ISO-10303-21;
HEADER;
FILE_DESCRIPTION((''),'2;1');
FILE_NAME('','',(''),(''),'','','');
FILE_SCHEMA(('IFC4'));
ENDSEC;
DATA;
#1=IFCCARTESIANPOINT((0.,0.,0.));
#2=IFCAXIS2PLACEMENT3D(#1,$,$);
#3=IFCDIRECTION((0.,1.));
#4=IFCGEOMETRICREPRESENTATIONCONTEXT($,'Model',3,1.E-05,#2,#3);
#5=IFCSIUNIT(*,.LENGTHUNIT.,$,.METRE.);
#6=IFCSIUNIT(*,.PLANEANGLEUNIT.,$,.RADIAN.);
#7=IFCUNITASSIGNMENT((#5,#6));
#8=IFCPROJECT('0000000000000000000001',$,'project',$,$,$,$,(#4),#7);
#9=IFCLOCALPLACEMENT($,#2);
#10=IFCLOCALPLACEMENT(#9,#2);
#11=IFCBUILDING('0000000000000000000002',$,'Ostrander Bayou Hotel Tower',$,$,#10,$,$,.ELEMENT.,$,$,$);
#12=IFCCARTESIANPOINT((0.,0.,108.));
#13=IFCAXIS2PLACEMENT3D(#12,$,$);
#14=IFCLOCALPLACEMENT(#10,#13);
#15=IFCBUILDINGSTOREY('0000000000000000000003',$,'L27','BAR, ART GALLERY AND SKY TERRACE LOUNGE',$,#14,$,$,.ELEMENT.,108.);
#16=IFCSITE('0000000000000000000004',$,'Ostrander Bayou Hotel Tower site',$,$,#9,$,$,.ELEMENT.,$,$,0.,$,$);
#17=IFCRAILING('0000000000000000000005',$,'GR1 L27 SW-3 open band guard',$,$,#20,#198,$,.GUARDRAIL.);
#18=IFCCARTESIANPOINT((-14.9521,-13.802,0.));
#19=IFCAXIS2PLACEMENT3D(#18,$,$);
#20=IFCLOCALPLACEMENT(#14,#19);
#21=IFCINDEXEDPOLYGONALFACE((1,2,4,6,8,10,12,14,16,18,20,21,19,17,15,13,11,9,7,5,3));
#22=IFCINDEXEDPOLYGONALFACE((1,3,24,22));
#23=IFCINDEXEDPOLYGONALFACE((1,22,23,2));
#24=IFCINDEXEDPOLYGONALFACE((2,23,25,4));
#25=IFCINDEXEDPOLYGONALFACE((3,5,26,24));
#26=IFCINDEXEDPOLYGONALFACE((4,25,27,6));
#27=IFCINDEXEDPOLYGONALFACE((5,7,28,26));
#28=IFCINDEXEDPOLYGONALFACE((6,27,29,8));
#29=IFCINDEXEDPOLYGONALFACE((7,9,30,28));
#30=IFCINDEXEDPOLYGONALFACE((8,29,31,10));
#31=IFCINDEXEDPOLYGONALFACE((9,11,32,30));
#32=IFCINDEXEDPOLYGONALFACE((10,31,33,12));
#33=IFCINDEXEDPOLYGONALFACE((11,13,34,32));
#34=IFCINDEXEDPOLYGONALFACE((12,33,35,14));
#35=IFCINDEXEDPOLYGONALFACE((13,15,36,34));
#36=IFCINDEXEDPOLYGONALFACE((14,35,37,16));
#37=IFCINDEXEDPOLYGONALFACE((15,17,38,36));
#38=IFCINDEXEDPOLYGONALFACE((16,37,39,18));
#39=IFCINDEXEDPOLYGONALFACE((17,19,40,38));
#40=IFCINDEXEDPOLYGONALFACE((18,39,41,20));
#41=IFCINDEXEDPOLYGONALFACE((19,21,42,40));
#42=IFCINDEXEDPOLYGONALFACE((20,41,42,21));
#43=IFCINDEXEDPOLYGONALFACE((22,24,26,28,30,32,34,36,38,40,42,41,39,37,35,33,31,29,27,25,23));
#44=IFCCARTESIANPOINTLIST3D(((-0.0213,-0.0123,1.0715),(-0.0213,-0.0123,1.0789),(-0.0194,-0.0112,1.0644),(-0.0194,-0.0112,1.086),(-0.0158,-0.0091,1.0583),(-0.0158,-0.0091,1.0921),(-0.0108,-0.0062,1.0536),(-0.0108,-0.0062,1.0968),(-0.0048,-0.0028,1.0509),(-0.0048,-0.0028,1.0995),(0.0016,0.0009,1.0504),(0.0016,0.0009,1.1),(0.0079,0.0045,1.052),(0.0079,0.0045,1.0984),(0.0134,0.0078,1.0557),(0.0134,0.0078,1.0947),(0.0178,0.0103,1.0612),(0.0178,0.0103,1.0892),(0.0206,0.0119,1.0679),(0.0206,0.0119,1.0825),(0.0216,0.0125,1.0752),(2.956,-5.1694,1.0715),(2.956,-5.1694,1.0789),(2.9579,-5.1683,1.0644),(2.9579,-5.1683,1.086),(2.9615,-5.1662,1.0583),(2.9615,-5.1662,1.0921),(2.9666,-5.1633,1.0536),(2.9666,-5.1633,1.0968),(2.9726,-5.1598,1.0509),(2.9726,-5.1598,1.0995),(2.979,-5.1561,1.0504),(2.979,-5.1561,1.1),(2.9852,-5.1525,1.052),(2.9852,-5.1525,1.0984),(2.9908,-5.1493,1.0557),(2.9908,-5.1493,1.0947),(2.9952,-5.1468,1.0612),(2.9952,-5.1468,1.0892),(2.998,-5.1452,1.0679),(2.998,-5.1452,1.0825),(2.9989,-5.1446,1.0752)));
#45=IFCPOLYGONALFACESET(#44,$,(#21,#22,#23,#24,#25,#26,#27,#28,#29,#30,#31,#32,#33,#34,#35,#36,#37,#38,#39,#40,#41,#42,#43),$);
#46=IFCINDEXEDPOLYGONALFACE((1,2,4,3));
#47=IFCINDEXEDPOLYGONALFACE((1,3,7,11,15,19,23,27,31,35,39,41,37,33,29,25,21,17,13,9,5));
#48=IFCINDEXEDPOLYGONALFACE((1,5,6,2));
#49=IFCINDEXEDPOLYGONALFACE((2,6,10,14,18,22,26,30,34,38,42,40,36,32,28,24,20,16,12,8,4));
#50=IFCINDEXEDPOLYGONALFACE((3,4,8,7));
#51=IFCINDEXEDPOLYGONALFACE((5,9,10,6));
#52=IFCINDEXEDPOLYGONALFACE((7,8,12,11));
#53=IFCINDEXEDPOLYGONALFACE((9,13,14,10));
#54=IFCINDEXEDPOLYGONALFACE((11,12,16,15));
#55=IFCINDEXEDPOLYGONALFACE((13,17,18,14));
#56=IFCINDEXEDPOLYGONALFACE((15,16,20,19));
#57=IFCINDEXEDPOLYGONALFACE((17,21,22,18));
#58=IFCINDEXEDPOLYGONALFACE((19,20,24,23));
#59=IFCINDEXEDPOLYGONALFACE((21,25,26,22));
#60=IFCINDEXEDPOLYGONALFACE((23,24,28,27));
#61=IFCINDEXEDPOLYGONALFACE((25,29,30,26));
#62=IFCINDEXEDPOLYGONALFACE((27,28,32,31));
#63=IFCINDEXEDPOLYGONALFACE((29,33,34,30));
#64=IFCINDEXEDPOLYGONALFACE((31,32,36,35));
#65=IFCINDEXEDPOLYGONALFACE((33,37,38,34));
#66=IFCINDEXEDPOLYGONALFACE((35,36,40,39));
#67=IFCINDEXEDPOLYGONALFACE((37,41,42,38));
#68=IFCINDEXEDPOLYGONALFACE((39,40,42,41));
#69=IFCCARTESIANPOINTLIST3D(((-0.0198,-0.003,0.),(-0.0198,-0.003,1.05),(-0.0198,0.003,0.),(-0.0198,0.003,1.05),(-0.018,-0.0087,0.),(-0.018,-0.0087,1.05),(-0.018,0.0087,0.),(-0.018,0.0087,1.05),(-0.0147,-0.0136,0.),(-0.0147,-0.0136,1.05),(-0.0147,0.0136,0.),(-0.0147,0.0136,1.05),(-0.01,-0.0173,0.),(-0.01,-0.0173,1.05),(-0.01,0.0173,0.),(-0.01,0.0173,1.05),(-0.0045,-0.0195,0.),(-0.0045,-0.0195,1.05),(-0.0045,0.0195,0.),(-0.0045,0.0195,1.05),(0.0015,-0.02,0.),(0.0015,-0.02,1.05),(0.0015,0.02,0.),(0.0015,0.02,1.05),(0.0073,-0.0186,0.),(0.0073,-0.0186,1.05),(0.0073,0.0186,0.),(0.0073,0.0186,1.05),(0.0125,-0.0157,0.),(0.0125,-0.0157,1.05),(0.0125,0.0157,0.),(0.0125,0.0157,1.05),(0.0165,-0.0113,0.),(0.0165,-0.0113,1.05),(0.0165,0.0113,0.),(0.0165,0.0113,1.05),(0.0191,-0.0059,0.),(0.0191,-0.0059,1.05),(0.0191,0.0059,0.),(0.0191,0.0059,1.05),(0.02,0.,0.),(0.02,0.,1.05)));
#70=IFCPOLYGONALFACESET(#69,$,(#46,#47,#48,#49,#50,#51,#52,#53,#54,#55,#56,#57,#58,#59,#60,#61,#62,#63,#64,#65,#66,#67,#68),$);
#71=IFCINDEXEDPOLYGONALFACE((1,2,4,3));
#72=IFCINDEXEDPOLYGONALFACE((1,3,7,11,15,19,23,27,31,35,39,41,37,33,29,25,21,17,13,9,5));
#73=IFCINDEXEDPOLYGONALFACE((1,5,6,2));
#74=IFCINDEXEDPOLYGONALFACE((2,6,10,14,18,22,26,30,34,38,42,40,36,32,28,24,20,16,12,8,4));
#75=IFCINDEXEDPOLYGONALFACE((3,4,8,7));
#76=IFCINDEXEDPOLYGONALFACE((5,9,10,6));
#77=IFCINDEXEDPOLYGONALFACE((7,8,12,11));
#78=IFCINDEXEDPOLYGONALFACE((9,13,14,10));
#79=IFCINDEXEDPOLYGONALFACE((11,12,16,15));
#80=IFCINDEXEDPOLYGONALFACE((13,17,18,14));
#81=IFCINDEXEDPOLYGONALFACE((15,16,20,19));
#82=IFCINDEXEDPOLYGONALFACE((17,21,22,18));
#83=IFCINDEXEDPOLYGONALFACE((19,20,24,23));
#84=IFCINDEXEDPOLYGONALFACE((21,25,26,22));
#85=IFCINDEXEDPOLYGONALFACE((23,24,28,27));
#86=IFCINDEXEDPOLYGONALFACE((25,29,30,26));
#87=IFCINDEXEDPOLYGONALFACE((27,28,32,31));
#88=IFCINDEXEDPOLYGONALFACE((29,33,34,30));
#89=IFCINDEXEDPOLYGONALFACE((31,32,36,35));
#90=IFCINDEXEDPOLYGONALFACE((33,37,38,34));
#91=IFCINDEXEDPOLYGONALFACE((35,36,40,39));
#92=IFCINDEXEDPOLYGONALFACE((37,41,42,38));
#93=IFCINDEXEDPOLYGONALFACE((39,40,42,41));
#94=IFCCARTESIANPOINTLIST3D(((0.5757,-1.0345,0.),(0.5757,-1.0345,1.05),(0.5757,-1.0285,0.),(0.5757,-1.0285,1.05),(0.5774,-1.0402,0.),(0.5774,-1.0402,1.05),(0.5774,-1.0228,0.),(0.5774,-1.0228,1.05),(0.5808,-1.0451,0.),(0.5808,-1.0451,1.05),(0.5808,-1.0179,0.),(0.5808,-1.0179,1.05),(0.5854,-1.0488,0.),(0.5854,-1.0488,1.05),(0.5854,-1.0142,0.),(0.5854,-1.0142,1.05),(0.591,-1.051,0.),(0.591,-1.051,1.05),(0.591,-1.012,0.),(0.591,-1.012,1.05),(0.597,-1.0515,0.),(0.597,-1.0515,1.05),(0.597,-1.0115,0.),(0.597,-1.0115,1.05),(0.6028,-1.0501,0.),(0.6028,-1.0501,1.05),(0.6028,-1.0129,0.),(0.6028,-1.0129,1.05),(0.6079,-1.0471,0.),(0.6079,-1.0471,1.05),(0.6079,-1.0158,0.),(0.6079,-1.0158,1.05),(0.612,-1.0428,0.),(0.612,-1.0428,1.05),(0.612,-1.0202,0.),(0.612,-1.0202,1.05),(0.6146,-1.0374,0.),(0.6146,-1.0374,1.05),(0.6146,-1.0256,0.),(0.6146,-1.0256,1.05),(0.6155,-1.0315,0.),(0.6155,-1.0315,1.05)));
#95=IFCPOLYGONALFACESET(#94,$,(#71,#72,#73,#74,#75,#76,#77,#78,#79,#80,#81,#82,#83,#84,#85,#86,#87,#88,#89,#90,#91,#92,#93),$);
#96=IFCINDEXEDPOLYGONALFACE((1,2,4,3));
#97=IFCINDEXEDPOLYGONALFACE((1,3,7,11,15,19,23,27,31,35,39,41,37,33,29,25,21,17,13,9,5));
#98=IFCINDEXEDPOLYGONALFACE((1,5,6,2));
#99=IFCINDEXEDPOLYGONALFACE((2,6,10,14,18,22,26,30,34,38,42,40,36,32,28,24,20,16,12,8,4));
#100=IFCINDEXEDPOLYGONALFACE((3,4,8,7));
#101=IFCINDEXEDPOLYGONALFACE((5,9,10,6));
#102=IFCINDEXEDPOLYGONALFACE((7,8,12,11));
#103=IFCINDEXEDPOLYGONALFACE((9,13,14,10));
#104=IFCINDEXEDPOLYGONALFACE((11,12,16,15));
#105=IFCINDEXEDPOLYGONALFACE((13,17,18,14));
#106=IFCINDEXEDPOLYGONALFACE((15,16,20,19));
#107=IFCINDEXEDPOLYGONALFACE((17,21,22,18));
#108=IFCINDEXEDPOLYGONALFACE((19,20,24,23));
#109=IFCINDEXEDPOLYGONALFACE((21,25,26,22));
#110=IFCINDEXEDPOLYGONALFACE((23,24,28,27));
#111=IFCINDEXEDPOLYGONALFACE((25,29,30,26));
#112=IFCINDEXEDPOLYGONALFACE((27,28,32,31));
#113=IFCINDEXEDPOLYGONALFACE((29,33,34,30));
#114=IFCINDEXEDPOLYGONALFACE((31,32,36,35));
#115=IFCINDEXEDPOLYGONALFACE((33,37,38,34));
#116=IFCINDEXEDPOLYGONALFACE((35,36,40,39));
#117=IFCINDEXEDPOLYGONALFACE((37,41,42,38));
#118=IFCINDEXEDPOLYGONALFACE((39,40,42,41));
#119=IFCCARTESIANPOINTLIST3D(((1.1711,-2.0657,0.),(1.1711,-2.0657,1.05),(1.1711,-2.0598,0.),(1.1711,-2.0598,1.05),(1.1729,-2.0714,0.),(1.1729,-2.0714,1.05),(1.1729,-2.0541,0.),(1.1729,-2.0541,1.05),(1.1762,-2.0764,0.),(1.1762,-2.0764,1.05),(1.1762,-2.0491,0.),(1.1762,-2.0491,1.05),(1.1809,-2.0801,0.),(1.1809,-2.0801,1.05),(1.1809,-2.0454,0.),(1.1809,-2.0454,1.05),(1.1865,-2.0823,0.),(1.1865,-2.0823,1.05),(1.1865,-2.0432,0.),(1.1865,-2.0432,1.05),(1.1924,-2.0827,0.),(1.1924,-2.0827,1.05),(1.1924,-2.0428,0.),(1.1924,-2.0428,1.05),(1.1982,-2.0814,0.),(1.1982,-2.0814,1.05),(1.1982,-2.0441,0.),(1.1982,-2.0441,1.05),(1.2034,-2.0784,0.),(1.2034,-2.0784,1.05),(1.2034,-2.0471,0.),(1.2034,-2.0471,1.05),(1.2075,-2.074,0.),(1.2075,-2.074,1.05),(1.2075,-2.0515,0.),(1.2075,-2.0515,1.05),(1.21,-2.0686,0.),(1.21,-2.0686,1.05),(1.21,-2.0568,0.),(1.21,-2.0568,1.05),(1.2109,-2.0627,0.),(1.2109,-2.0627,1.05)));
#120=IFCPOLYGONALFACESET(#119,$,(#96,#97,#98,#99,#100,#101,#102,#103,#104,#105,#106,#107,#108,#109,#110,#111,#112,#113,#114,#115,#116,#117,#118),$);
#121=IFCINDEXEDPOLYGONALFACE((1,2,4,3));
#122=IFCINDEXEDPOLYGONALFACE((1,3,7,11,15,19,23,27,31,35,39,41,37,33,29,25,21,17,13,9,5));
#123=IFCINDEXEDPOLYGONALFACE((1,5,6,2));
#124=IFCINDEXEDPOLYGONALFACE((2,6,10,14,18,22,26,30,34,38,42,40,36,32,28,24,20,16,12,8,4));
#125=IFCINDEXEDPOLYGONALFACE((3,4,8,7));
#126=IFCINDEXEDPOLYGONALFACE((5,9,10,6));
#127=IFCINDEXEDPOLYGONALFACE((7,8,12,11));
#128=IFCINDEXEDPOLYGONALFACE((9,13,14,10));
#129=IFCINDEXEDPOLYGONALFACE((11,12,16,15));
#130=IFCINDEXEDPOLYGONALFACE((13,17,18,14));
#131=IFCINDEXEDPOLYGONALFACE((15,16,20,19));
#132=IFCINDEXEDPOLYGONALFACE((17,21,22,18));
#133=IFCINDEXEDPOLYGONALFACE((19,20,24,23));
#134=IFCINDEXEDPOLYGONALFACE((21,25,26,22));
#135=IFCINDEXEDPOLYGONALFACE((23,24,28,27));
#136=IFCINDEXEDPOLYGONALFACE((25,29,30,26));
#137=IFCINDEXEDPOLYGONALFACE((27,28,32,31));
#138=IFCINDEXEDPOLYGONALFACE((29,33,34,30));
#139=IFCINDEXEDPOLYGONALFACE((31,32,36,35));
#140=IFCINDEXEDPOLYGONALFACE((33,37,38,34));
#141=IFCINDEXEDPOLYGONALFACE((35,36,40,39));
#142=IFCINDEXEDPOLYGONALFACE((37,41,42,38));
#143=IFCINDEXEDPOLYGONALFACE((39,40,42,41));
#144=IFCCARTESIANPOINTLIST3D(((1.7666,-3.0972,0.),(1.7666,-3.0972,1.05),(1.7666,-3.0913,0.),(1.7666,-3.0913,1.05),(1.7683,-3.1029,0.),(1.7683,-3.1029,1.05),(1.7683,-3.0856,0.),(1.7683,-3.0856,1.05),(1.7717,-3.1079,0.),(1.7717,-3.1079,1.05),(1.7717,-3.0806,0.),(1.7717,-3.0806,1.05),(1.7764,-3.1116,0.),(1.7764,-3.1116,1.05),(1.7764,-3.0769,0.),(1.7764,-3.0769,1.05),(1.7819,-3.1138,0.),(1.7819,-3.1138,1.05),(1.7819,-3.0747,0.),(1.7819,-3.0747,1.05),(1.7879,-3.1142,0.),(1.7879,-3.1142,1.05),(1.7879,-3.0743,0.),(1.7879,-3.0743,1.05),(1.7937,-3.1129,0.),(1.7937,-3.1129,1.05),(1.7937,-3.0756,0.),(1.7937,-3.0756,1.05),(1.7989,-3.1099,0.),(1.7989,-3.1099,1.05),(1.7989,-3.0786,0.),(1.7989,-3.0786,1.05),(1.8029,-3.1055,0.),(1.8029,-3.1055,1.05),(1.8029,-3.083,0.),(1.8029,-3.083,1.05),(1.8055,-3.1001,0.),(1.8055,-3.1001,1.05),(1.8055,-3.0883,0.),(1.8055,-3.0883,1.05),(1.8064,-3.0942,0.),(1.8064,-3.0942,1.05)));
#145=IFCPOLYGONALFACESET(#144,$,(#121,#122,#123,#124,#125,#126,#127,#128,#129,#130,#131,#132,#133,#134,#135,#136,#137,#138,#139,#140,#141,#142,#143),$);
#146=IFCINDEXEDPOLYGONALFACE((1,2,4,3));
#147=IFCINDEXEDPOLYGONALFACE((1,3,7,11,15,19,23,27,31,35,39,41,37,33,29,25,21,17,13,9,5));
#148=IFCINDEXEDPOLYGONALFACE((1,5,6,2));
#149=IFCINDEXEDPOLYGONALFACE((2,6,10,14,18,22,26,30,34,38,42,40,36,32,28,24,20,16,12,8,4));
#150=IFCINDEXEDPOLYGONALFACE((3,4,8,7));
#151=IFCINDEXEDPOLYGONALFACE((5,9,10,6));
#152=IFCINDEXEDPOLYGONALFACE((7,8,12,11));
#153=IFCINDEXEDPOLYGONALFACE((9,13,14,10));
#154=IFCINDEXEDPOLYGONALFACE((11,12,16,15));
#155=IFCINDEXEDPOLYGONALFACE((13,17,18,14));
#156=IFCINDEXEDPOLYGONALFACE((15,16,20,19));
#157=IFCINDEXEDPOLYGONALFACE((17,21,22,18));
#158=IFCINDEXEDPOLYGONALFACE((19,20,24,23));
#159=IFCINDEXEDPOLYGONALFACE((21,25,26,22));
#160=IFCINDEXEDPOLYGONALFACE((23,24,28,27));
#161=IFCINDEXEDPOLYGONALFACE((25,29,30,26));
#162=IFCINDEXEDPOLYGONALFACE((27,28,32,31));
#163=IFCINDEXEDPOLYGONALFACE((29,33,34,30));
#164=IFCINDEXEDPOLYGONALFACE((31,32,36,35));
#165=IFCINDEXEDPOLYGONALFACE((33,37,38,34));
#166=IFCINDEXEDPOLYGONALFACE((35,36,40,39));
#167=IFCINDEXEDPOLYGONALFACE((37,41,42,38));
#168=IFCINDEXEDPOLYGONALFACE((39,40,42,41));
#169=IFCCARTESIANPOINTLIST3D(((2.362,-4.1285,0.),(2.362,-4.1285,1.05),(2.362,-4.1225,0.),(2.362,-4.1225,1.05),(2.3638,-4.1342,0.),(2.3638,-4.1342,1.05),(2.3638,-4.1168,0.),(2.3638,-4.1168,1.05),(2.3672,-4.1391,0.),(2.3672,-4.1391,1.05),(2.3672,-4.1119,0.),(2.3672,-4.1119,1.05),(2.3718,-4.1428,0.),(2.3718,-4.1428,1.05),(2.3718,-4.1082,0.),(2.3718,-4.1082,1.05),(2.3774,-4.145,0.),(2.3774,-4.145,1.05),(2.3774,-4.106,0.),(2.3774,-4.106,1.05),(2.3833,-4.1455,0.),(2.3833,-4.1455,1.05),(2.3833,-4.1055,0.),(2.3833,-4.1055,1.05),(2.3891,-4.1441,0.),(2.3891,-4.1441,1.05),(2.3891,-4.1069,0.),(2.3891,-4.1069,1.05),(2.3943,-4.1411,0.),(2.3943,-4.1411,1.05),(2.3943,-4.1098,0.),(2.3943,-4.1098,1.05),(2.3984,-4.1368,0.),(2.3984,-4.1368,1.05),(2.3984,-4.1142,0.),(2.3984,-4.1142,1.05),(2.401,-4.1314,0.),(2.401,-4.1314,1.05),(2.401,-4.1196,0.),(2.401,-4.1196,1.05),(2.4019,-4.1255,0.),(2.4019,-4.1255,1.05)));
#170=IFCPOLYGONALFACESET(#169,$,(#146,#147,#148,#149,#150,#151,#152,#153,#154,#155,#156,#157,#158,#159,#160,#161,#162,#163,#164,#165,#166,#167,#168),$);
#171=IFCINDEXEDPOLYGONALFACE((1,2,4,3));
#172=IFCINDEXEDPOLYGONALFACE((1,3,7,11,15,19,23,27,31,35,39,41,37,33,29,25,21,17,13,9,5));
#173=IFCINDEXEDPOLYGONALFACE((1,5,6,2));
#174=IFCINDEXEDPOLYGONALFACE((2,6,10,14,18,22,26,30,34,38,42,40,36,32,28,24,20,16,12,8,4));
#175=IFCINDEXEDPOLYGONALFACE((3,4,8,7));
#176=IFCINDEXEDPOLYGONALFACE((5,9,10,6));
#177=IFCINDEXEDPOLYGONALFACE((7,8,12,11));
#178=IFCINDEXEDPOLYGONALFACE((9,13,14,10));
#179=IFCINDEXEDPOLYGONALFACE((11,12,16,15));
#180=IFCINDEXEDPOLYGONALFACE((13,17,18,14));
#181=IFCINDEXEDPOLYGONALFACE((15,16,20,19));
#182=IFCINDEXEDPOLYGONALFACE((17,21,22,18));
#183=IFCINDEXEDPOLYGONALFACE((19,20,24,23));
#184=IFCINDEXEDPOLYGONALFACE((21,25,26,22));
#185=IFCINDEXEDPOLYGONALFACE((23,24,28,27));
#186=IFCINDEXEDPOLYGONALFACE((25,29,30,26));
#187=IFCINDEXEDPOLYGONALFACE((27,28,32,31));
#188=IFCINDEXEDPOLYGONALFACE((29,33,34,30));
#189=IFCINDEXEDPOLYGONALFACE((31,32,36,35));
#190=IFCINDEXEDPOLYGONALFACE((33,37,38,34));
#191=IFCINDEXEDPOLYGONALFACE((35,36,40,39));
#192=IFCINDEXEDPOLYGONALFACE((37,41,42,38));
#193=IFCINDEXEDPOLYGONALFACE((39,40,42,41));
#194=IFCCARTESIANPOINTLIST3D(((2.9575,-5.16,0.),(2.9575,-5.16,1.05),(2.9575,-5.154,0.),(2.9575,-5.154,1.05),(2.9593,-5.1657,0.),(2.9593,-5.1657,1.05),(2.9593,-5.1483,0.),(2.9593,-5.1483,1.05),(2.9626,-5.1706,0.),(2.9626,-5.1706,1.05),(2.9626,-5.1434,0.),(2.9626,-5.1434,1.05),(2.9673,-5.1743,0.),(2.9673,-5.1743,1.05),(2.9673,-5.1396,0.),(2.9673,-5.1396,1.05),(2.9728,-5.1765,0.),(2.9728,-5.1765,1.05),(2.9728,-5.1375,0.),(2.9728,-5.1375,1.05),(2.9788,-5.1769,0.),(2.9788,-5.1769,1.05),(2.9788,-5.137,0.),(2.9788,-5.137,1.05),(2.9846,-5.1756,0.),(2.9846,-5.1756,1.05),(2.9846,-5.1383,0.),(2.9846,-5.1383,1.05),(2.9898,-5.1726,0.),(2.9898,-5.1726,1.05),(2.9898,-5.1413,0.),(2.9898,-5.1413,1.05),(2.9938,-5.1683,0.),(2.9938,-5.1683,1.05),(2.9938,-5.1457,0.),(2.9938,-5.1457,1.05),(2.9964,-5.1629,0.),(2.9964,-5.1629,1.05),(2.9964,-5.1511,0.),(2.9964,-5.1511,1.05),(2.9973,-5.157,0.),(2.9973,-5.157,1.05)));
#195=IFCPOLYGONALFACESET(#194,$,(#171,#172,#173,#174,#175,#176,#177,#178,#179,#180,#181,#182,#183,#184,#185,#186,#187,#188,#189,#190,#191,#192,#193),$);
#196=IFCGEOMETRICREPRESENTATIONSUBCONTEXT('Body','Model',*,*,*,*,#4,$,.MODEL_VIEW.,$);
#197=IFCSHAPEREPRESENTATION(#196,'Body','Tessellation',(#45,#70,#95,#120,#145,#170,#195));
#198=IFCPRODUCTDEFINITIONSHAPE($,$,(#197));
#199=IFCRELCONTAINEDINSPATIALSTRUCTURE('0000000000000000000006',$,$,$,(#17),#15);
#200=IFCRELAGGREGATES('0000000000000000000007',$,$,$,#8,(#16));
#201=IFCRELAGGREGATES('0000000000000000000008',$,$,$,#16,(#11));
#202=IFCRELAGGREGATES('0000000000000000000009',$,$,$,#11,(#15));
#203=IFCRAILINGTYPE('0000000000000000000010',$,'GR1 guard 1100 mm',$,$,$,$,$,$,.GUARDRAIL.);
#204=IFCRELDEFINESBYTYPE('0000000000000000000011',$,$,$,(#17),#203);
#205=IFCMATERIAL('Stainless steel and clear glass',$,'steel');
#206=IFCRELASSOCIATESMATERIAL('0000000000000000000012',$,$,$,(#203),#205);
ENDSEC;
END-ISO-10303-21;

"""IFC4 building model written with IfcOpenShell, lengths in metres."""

from ifc_helpers import new_model, si_unit, direction, frame, origin, origin_2d, place, context, subcontext, project, spatial, circle, extrude, material, type_object, element, save


model = new_model("IFC4")

# Units and contexts
model_context = context("Model", 3, precision=1e-05, world=origin(), true_north=direction((0.0, 1.0)))
body_context = subcontext(model_context, "Body", "Model", "MODEL_VIEW")
ifc_project = project(units=[si_unit("LENGTHUNIT", "METRE"), si_unit("PLANEANGLEUNIT", "RADIAN")], contexts=[model_context])

# Site, building, storey
site_placement = place(None, origin())
site = spatial("IfcSite", under=ifc_project, at=site_placement, Name="Ostrander Bayou Hotel Tower site", CompositionType="ELEMENT", RefElevation=0.0)
building_placement = place(site_placement, origin())
building = spatial("IfcBuilding", under=site, at=building_placement, Name="Ostrander Bayou Hotel Tower", CompositionType="ELEMENT")
storey_placement = place(building_placement, frame((0.0, 0.0, 108.0)))
storey = spatial("IfcBuildingStorey", under=building, at=storey_placement, Name="L27", Description="BAR, ART GALLERY AND SKY TERRACE LOUNGE", CompositionType="ELEMENT", Elevation=108.0)

# Railing
ifc_material_1 = material(Name="Stainless steel and clear glass", Category="steel")
railing_type = type_object("IfcRailingType", Name="GR1 guard 1100 mm", PredefinedType="GUARDRAIL", material=ifc_material_1)
railing_1_placement = place(storey_placement, frame((-14.9521, -13.802, 0.0)))
element("IfcRailing", 1, at=railing_1_placement, inside=storey, type_object=railing_type, Name="GR1 L27 SW-3 open band guard", PredefinedType="GUARDRAIL", context=body_context, shape_type="SweptSolid", body=[
    extrude(circle(Radius=0.0249, at=origin_2d()), frame((0.0, 0.0, 1.0752), z_axis=(0.499989, -0.866032, 0.0), x_axis=(0.866032, 0.499989, 0.0)), (0.0, 0.0, 1.0), 5.9548),
    extrude(circle(Radius=0.02, at=origin_2d()), origin(), (0.0, 0.0, 1.0), 1.05),
    extrude(circle(Radius=0.02, at=origin_2d()), frame((0.5955, -1.0315, 0.0)), (0.0, 0.0, 1.0), 1.05),
    extrude(circle(Radius=0.02, at=origin_2d()), frame((1.1909, -2.0627, 0.0)), (0.0, 0.0, 1.0), 1.05),
    extrude(circle(Radius=0.02, at=origin_2d()), frame((1.7864, -3.0942, 0.0)), (0.0, 0.0, 1.0), 1.05),
    extrude(circle(Radius=0.02, at=origin_2d()), frame((2.3818, -4.1255, 0.0)), (0.0, 0.0, 1.0), 1.05),
    extrude(circle(Radius=0.02, at=origin_2d()), frame((2.9773, -5.157, 0.0)), (0.0, 0.0, 1.0), 1.05),
])

save(model, "model.ifc")
